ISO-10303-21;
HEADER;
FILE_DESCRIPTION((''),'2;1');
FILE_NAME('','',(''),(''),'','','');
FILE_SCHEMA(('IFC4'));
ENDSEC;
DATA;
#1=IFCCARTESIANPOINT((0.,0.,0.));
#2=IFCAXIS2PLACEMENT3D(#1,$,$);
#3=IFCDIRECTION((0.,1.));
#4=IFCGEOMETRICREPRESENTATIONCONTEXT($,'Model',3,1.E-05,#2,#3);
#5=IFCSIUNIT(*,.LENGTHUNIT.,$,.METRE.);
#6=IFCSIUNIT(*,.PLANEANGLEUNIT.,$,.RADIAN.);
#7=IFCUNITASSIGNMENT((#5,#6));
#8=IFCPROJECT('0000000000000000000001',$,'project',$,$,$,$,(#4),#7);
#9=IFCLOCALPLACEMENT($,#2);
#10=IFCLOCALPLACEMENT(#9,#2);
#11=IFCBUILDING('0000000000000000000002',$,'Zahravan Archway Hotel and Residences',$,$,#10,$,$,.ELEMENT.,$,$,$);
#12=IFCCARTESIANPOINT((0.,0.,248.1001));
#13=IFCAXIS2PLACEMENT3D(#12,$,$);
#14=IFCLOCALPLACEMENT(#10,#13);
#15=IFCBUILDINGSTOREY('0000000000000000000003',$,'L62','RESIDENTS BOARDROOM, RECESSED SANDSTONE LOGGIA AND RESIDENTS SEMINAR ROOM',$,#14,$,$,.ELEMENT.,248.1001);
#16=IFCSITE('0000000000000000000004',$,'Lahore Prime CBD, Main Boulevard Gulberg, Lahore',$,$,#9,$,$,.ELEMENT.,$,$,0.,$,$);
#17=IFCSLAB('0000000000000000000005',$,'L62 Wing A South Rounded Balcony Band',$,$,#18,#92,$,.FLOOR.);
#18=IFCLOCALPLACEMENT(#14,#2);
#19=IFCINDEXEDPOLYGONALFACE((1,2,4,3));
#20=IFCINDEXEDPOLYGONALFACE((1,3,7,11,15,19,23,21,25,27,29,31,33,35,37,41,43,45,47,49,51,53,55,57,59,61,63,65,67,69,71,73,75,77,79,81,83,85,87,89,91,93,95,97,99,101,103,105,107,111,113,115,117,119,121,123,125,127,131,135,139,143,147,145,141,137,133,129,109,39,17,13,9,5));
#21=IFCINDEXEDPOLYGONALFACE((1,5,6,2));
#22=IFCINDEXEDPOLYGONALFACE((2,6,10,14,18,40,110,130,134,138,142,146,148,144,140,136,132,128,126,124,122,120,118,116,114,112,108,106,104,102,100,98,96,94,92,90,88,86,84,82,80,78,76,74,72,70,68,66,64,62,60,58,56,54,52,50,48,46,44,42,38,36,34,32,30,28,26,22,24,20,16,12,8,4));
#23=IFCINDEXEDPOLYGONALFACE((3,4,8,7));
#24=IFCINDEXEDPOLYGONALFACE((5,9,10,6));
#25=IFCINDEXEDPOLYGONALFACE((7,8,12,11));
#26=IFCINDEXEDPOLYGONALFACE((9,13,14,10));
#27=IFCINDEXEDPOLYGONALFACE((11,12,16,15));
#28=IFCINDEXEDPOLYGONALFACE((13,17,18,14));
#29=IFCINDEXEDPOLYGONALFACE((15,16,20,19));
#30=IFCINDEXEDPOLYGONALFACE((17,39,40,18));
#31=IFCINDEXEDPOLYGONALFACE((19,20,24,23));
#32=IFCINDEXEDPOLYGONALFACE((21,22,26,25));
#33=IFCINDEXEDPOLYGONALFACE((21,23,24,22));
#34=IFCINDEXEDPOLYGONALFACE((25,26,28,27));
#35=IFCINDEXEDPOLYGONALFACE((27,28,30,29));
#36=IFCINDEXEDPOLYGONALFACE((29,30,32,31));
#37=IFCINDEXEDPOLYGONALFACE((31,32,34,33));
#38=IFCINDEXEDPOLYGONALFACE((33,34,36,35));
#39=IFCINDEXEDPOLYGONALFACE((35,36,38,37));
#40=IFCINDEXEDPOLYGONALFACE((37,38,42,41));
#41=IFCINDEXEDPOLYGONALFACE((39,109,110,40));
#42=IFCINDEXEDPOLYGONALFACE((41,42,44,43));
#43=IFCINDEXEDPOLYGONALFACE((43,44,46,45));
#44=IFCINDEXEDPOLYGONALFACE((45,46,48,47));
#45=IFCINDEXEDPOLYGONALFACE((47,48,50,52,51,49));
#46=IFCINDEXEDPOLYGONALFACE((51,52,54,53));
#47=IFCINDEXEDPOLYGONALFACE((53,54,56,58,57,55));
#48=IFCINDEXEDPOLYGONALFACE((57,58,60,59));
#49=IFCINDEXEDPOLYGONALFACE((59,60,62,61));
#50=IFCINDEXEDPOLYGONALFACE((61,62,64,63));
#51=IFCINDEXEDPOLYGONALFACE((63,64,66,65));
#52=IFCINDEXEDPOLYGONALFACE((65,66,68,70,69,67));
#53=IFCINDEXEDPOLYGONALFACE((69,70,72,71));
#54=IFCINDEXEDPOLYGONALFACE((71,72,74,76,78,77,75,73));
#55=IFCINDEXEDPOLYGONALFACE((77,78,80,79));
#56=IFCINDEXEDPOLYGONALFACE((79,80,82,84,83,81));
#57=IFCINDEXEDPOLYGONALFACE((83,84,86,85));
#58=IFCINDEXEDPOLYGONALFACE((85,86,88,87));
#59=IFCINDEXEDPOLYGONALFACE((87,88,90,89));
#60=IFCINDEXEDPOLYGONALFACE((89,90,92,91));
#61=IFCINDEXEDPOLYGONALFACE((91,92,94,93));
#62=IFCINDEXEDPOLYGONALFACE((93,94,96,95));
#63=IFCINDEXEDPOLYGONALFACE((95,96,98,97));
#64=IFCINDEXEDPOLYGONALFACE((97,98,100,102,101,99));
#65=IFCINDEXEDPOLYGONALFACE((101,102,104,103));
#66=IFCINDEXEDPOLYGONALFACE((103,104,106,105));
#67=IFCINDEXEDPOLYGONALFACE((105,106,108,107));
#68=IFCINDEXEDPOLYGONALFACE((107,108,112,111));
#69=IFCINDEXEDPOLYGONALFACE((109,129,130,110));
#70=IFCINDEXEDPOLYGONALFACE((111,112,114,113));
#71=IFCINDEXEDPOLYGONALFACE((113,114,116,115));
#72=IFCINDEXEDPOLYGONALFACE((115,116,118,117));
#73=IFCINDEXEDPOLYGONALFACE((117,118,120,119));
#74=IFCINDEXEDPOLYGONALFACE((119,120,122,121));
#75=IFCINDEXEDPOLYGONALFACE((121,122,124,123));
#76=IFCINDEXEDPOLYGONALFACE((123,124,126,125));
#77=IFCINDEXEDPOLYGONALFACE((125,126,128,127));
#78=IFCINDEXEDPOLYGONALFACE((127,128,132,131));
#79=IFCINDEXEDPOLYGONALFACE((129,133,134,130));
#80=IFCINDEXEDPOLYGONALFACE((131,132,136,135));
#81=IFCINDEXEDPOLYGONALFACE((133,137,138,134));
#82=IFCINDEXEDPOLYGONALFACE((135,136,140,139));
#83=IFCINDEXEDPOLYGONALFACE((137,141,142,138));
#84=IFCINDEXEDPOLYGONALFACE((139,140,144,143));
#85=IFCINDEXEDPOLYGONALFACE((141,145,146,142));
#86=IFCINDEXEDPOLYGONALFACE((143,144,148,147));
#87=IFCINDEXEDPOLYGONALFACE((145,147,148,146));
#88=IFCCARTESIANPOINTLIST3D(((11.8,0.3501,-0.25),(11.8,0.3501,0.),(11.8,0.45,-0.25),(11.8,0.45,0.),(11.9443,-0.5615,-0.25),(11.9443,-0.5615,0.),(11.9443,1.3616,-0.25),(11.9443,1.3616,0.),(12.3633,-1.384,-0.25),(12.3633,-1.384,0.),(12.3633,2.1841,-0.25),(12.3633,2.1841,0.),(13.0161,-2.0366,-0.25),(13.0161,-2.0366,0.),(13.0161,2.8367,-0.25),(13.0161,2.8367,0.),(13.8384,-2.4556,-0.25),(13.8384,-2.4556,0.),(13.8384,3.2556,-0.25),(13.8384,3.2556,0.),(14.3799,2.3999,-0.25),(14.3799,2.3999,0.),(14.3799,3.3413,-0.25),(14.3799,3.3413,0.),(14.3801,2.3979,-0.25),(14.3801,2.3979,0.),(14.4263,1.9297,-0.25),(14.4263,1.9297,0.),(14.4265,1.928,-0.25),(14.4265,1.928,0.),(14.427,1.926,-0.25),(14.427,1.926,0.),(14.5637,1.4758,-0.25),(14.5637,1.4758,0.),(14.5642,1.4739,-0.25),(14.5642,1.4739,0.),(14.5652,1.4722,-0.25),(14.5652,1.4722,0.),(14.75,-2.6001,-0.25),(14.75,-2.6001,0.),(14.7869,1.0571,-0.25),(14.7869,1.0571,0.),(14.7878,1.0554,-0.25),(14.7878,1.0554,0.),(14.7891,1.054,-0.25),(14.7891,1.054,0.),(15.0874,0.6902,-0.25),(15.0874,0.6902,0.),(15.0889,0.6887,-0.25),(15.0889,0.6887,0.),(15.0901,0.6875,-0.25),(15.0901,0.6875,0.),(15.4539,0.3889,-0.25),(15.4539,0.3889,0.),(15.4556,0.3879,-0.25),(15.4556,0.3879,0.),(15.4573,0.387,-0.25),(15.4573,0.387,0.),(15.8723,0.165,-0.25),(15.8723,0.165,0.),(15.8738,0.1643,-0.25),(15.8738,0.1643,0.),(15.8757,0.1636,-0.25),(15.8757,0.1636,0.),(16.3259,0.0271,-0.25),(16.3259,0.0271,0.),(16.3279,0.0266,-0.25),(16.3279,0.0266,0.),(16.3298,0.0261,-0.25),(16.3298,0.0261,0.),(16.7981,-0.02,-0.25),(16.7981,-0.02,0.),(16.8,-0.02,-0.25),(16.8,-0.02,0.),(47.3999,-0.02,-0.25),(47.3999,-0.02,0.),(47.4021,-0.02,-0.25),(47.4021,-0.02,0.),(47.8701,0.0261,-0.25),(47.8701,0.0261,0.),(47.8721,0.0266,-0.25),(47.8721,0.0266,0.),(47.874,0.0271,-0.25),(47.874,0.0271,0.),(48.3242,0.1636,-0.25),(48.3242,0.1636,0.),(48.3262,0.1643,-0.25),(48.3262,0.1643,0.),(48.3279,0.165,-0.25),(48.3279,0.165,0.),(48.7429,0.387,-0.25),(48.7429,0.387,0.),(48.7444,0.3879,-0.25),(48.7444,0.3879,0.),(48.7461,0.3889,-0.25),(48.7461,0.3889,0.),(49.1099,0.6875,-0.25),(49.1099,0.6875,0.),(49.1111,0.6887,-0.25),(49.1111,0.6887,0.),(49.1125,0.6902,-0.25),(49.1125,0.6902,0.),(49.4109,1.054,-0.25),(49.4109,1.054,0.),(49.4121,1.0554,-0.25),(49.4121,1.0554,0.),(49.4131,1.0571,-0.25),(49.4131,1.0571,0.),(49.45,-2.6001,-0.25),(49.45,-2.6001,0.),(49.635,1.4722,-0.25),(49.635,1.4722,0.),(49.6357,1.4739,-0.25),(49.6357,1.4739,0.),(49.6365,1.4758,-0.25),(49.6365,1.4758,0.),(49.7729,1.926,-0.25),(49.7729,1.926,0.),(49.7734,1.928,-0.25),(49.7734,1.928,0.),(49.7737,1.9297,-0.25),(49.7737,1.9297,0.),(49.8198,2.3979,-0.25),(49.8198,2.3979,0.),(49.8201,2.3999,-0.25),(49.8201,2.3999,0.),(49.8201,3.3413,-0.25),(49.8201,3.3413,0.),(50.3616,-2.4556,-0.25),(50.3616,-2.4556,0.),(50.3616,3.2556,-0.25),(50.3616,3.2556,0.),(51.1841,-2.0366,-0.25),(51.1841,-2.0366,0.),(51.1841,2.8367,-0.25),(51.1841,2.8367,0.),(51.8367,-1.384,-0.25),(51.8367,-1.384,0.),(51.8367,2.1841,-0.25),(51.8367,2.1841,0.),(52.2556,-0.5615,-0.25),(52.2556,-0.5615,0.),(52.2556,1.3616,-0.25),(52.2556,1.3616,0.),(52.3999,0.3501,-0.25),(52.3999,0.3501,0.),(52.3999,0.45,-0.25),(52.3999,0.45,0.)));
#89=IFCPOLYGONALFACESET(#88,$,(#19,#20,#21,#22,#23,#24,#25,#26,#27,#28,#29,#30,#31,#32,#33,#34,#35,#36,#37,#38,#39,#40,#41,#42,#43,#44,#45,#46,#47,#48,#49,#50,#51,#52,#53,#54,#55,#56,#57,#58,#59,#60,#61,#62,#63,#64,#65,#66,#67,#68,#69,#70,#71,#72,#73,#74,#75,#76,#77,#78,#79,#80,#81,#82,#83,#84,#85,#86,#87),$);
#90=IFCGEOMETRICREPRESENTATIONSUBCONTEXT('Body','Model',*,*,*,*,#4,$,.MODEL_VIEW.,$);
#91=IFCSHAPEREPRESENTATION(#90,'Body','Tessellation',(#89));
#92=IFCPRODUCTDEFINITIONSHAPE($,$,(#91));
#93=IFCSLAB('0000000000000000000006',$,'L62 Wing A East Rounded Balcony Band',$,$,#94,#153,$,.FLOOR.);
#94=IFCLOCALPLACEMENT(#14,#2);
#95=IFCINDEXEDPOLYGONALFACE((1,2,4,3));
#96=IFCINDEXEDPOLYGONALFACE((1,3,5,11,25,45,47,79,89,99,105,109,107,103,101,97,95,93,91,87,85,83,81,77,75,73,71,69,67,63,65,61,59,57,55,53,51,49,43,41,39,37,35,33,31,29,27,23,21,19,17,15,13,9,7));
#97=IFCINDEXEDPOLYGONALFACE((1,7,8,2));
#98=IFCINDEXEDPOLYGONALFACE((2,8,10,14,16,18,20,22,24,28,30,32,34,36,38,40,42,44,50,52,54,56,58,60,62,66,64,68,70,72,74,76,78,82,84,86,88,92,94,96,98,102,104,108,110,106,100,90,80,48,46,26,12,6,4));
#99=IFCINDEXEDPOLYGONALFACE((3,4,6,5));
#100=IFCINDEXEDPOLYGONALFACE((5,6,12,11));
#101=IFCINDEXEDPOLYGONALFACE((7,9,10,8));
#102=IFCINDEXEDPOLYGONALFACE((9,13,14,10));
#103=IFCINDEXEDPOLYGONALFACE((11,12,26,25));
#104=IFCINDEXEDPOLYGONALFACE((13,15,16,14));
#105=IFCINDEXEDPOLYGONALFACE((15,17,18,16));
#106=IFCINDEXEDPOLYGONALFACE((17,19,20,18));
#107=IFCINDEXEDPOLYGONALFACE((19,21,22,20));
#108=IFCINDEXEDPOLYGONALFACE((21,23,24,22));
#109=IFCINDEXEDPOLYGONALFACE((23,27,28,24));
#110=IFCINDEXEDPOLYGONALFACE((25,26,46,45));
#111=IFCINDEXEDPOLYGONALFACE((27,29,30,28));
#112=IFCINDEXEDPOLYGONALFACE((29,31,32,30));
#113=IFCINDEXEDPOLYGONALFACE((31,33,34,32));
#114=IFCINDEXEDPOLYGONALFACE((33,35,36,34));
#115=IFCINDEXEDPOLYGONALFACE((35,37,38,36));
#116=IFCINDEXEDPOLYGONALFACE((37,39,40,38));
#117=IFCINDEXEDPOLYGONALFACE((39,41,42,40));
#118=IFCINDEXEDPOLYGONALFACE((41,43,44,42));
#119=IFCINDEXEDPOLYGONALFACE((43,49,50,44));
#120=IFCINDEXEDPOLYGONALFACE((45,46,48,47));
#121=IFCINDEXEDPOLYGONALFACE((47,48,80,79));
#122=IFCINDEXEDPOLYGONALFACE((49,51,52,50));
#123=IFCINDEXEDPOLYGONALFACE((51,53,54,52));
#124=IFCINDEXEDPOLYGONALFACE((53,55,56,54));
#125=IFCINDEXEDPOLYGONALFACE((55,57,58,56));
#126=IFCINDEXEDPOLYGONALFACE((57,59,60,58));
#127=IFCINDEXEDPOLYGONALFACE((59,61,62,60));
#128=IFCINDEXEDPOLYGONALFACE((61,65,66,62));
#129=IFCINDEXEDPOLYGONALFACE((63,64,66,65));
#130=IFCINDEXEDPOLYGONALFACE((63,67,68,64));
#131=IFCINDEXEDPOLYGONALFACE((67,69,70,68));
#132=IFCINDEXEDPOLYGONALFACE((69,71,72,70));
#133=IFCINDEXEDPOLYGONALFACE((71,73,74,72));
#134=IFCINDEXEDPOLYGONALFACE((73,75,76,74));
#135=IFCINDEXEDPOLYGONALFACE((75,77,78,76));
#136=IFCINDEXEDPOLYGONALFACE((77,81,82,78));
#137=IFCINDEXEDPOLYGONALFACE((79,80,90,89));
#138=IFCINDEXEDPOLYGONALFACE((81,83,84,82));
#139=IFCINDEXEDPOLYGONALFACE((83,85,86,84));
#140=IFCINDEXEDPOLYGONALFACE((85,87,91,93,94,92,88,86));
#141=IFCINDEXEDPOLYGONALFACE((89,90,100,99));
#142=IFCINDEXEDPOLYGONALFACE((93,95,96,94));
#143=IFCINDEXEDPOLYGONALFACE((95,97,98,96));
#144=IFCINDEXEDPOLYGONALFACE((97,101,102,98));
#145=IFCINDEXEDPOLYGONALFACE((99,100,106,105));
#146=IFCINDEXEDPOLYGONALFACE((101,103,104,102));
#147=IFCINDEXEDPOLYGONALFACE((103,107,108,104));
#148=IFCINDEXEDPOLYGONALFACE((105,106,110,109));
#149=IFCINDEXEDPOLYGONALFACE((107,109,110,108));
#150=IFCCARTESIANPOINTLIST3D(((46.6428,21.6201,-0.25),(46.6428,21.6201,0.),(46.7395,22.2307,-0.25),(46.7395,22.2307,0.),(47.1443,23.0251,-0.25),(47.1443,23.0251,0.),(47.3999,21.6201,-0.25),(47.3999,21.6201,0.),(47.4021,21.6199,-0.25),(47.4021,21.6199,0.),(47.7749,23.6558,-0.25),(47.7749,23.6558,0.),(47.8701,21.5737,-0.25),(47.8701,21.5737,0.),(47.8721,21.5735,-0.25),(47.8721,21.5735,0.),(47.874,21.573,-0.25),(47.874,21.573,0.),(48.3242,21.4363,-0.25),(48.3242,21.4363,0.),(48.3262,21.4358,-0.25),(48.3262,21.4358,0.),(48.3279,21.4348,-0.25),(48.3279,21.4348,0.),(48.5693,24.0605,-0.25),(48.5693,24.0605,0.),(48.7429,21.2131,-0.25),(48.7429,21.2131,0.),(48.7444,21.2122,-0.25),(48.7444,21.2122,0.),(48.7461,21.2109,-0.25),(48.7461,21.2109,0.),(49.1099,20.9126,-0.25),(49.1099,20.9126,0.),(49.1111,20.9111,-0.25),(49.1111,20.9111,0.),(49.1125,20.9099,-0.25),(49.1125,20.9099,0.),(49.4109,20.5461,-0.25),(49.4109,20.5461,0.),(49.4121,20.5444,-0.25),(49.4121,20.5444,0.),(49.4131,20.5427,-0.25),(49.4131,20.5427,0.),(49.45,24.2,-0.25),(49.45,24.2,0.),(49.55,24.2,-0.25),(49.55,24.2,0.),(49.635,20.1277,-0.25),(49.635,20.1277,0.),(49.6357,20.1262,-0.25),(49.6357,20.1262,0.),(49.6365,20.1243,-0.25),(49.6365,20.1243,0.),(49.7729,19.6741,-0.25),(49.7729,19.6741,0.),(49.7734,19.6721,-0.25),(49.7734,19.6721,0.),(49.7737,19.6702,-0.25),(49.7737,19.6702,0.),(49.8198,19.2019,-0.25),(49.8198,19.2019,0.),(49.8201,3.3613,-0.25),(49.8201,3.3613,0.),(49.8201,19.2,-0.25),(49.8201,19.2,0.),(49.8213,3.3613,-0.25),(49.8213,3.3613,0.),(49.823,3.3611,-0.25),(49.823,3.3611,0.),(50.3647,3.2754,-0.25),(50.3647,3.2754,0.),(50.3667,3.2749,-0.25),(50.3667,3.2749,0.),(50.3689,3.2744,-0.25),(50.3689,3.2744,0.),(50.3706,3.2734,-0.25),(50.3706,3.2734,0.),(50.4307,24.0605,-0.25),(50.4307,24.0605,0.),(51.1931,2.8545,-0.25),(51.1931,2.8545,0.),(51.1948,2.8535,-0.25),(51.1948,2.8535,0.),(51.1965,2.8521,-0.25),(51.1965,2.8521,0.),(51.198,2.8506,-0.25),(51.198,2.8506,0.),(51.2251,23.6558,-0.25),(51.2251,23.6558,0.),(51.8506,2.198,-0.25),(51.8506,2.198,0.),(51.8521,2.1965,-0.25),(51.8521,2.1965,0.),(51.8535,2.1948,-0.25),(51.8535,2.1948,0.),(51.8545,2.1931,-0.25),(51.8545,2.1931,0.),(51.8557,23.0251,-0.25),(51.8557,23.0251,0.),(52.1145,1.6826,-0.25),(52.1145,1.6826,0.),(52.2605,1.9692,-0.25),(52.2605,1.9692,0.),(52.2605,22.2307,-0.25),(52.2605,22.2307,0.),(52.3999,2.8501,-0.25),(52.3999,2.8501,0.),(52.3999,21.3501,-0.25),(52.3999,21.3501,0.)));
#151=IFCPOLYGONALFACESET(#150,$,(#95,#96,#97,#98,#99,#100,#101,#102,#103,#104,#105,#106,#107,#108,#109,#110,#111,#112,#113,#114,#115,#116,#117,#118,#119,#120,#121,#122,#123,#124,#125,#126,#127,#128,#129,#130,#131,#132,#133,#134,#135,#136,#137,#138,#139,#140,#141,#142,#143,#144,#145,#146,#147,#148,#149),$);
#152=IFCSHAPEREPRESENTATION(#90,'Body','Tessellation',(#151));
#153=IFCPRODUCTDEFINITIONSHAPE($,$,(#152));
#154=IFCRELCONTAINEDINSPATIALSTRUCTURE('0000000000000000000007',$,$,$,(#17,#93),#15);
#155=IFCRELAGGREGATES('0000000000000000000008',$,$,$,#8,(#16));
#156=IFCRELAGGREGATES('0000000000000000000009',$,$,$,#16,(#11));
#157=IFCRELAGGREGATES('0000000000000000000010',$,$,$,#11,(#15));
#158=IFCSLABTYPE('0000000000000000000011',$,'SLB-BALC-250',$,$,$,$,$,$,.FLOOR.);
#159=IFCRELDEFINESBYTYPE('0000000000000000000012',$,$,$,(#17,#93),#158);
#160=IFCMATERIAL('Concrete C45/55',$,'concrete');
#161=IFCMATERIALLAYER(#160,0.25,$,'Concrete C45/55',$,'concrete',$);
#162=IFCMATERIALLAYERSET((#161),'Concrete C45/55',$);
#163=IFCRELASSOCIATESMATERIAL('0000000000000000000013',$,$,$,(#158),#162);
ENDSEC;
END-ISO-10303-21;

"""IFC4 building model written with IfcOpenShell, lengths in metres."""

from ifc_helpers import new_model, si_unit, direction, frame, origin, place, context, subcontext, project, spatial, polyline, outline, extrude, material, layer, layer_set, type_object, element, save


model = new_model("IFC4")

# Units and contexts
model_context = context("Model", 3, precision=1e-05, world=origin(), true_north=direction((0.0, 1.0)))
body_context = subcontext(model_context, "Body", "Model", "MODEL_VIEW")
ifc_project = project(units=[si_unit("LENGTHUNIT", "METRE"), si_unit("PLANEANGLEUNIT", "RADIAN")], contexts=[model_context])

# Site, building, storey
site_placement = place(None, origin())
site = spatial("IfcSite", under=ifc_project, at=site_placement, Name="Lahore Prime CBD, Main Boulevard Gulberg, Lahore", CompositionType="ELEMENT", RefElevation=0.0)
building_placement = place(site_placement, origin())
building = spatial("IfcBuilding", under=site, at=building_placement, Name="Zahravan Archway Hotel and Residences", CompositionType="ELEMENT")
storey_placement = place(building_placement, frame((0.0, 0.0, 248.1001)))
storey = spatial("IfcBuildingStorey", under=building, at=storey_placement, Name="L62", Description="RESIDENTS BOARDROOM, RECESSED SANDSTONE LOGGIA AND RESIDENTS SEMINAR ROOM", CompositionType="ELEMENT", Elevation=248.1001)

# Slabs
ifc_material_1 = material(Name="Concrete C45/55", Category="concrete")
ifc_layer_1 = layer(ifc_material_1, 0.25, Name="Concrete C45/55", Category="concrete")
ifc_layer_set_1 = layer_set([ifc_layer_1], Name="Concrete C45/55")
slab_type_1 = type_object("IfcSlabType", Name="SLB-BALC-250", PredefinedType="FLOOR", material=ifc_layer_set_1)
slab_1_placement = place(storey_placement, frame((0.0, 0.0, -0.25)))
element("IfcSlab", 1, at=slab_1_placement, inside=storey, type_object=slab_type_1, Name="L62 Wing A South Rounded Balcony Band", PredefinedType="FLOOR", context=body_context, shape_type="SweptSolid", body=[
    extrude(outline(polyline([(50.3616, 3.2556), (51.1841, 2.8367), (51.8367, 2.1841), (52.2556, 1.3616), (52.3999, 0.45), (52.3999, 0.3501), (52.2556, -0.5615), (51.8367, -1.384), (51.1841, -2.0366), (50.3616, -2.4556), (49.45, -2.6001), (14.75, -2.6001), (13.8384, -2.4556), (13.0161, -2.0366), (12.3633, -1.384), (11.9443, -0.5615), (11.8, 0.3501), (11.8, 0.45), (11.9443, 1.3616), (12.3633, 2.1841), (13.0161, 2.8367), (13.8384, 3.2556), (14.3799, 3.3413), (14.3799, 2.3999), (14.3801, 2.3979), (14.4263, 1.9297), (14.4265, 1.928), (14.427, 1.926), (14.5637, 1.4758), (14.5642, 1.4739), (14.5652, 1.4722), (14.7869, 1.0571), (14.7878, 1.0554), (14.7891, 1.054), (15.0874, 0.6902), (15.0889, 0.6887), (15.0901, 0.6875), (15.4539, 0.3889), (15.4556, 0.3879), (15.4573, 0.387), (15.8723, 0.165), (15.8738, 0.1643), (15.8757, 0.1636), (16.3259, 0.0271), (16.3279, 0.0266), (16.3298, 0.0261), (16.7981, -0.02), (16.8, -0.02), (47.3999, -0.02), (47.4021, -0.02), (47.8701, 0.0261), (47.8721, 0.0266), (47.874, 0.0271), (48.3242, 0.1636), (48.3262, 0.1643), (48.3279, 0.165), (48.7429, 0.387), (48.7444, 0.3879), (48.7461, 0.3889), (49.1099, 0.6875), (49.1111, 0.6887), (49.1125, 0.6902), (49.4109, 1.054), (49.4121, 1.0554), (49.4131, 1.0571), (49.635, 1.4722), (49.6357, 1.4739), (49.6365, 1.4758), (49.7729, 1.926), (49.7734, 1.928), (49.7737, 1.9297), (49.8198, 2.3979), (49.8201, 2.3999), (49.8201, 3.3413), (50.3616, 3.2556)])), origin(), (0.0, 0.0, 1.0), 0.25),
])
slab_2_placement = place(storey_placement, frame((0.0, 0.0, -0.25)))
element("IfcSlab", 2, at=slab_2_placement, inside=storey, type_object=slab_type_1, Name="L62 Wing A East Rounded Balcony Band", PredefinedType="FLOOR", context=body_context, shape_type="SweptSolid", body=[
    extrude(outline(polyline([(46.7395, 22.2307), (47.1443, 23.0251), (47.7749, 23.6558), (48.5693, 24.0605), (49.45, 24.2), (49.55, 24.2), (50.4307, 24.0605), (51.2251, 23.6558), (51.8557, 23.0251), (52.2605, 22.2307), (52.3999, 21.3501), (52.3999, 2.8501), (52.2605, 1.9692), (52.1145, 1.6826), (51.8545, 2.1931), (51.8535, 2.1948), (51.8521, 2.1965), (51.8506, 2.198), (51.198, 2.8506), (51.1965, 2.8521), (51.1948, 2.8535), (51.1931, 2.8545), (50.3706, 3.2734), (50.3689, 3.2744), (50.3667, 3.2749), (50.3647, 3.2754), (49.823, 3.3611), (49.8213, 3.3613), (49.8201, 3.3613), (49.8201, 19.2), (49.8198, 19.2019), (49.7737, 19.6702), (49.7734, 19.6721), (49.7729, 19.6741), (49.6365, 20.1243), (49.6357, 20.1262), (49.635, 20.1277), (49.4131, 20.5427), (49.4121, 20.5444), (49.4109, 20.5461), (49.1125, 20.9099), (49.1111, 20.9111), (49.1099, 20.9126), (48.7461, 21.2109), (48.7444, 21.2122), (48.7429, 21.2131), (48.3279, 21.4348), (48.3262, 21.4358), (48.3242, 21.4363), (47.874, 21.573), (47.8721, 21.5735), (47.8701, 21.5737), (47.4021, 21.6199), (47.3999, 21.6201), (46.6428, 21.6201), (46.7395, 22.2307)])), origin(), (0.0, 0.0, 1.0), 0.25),
])

save(model, "model.ifc")
